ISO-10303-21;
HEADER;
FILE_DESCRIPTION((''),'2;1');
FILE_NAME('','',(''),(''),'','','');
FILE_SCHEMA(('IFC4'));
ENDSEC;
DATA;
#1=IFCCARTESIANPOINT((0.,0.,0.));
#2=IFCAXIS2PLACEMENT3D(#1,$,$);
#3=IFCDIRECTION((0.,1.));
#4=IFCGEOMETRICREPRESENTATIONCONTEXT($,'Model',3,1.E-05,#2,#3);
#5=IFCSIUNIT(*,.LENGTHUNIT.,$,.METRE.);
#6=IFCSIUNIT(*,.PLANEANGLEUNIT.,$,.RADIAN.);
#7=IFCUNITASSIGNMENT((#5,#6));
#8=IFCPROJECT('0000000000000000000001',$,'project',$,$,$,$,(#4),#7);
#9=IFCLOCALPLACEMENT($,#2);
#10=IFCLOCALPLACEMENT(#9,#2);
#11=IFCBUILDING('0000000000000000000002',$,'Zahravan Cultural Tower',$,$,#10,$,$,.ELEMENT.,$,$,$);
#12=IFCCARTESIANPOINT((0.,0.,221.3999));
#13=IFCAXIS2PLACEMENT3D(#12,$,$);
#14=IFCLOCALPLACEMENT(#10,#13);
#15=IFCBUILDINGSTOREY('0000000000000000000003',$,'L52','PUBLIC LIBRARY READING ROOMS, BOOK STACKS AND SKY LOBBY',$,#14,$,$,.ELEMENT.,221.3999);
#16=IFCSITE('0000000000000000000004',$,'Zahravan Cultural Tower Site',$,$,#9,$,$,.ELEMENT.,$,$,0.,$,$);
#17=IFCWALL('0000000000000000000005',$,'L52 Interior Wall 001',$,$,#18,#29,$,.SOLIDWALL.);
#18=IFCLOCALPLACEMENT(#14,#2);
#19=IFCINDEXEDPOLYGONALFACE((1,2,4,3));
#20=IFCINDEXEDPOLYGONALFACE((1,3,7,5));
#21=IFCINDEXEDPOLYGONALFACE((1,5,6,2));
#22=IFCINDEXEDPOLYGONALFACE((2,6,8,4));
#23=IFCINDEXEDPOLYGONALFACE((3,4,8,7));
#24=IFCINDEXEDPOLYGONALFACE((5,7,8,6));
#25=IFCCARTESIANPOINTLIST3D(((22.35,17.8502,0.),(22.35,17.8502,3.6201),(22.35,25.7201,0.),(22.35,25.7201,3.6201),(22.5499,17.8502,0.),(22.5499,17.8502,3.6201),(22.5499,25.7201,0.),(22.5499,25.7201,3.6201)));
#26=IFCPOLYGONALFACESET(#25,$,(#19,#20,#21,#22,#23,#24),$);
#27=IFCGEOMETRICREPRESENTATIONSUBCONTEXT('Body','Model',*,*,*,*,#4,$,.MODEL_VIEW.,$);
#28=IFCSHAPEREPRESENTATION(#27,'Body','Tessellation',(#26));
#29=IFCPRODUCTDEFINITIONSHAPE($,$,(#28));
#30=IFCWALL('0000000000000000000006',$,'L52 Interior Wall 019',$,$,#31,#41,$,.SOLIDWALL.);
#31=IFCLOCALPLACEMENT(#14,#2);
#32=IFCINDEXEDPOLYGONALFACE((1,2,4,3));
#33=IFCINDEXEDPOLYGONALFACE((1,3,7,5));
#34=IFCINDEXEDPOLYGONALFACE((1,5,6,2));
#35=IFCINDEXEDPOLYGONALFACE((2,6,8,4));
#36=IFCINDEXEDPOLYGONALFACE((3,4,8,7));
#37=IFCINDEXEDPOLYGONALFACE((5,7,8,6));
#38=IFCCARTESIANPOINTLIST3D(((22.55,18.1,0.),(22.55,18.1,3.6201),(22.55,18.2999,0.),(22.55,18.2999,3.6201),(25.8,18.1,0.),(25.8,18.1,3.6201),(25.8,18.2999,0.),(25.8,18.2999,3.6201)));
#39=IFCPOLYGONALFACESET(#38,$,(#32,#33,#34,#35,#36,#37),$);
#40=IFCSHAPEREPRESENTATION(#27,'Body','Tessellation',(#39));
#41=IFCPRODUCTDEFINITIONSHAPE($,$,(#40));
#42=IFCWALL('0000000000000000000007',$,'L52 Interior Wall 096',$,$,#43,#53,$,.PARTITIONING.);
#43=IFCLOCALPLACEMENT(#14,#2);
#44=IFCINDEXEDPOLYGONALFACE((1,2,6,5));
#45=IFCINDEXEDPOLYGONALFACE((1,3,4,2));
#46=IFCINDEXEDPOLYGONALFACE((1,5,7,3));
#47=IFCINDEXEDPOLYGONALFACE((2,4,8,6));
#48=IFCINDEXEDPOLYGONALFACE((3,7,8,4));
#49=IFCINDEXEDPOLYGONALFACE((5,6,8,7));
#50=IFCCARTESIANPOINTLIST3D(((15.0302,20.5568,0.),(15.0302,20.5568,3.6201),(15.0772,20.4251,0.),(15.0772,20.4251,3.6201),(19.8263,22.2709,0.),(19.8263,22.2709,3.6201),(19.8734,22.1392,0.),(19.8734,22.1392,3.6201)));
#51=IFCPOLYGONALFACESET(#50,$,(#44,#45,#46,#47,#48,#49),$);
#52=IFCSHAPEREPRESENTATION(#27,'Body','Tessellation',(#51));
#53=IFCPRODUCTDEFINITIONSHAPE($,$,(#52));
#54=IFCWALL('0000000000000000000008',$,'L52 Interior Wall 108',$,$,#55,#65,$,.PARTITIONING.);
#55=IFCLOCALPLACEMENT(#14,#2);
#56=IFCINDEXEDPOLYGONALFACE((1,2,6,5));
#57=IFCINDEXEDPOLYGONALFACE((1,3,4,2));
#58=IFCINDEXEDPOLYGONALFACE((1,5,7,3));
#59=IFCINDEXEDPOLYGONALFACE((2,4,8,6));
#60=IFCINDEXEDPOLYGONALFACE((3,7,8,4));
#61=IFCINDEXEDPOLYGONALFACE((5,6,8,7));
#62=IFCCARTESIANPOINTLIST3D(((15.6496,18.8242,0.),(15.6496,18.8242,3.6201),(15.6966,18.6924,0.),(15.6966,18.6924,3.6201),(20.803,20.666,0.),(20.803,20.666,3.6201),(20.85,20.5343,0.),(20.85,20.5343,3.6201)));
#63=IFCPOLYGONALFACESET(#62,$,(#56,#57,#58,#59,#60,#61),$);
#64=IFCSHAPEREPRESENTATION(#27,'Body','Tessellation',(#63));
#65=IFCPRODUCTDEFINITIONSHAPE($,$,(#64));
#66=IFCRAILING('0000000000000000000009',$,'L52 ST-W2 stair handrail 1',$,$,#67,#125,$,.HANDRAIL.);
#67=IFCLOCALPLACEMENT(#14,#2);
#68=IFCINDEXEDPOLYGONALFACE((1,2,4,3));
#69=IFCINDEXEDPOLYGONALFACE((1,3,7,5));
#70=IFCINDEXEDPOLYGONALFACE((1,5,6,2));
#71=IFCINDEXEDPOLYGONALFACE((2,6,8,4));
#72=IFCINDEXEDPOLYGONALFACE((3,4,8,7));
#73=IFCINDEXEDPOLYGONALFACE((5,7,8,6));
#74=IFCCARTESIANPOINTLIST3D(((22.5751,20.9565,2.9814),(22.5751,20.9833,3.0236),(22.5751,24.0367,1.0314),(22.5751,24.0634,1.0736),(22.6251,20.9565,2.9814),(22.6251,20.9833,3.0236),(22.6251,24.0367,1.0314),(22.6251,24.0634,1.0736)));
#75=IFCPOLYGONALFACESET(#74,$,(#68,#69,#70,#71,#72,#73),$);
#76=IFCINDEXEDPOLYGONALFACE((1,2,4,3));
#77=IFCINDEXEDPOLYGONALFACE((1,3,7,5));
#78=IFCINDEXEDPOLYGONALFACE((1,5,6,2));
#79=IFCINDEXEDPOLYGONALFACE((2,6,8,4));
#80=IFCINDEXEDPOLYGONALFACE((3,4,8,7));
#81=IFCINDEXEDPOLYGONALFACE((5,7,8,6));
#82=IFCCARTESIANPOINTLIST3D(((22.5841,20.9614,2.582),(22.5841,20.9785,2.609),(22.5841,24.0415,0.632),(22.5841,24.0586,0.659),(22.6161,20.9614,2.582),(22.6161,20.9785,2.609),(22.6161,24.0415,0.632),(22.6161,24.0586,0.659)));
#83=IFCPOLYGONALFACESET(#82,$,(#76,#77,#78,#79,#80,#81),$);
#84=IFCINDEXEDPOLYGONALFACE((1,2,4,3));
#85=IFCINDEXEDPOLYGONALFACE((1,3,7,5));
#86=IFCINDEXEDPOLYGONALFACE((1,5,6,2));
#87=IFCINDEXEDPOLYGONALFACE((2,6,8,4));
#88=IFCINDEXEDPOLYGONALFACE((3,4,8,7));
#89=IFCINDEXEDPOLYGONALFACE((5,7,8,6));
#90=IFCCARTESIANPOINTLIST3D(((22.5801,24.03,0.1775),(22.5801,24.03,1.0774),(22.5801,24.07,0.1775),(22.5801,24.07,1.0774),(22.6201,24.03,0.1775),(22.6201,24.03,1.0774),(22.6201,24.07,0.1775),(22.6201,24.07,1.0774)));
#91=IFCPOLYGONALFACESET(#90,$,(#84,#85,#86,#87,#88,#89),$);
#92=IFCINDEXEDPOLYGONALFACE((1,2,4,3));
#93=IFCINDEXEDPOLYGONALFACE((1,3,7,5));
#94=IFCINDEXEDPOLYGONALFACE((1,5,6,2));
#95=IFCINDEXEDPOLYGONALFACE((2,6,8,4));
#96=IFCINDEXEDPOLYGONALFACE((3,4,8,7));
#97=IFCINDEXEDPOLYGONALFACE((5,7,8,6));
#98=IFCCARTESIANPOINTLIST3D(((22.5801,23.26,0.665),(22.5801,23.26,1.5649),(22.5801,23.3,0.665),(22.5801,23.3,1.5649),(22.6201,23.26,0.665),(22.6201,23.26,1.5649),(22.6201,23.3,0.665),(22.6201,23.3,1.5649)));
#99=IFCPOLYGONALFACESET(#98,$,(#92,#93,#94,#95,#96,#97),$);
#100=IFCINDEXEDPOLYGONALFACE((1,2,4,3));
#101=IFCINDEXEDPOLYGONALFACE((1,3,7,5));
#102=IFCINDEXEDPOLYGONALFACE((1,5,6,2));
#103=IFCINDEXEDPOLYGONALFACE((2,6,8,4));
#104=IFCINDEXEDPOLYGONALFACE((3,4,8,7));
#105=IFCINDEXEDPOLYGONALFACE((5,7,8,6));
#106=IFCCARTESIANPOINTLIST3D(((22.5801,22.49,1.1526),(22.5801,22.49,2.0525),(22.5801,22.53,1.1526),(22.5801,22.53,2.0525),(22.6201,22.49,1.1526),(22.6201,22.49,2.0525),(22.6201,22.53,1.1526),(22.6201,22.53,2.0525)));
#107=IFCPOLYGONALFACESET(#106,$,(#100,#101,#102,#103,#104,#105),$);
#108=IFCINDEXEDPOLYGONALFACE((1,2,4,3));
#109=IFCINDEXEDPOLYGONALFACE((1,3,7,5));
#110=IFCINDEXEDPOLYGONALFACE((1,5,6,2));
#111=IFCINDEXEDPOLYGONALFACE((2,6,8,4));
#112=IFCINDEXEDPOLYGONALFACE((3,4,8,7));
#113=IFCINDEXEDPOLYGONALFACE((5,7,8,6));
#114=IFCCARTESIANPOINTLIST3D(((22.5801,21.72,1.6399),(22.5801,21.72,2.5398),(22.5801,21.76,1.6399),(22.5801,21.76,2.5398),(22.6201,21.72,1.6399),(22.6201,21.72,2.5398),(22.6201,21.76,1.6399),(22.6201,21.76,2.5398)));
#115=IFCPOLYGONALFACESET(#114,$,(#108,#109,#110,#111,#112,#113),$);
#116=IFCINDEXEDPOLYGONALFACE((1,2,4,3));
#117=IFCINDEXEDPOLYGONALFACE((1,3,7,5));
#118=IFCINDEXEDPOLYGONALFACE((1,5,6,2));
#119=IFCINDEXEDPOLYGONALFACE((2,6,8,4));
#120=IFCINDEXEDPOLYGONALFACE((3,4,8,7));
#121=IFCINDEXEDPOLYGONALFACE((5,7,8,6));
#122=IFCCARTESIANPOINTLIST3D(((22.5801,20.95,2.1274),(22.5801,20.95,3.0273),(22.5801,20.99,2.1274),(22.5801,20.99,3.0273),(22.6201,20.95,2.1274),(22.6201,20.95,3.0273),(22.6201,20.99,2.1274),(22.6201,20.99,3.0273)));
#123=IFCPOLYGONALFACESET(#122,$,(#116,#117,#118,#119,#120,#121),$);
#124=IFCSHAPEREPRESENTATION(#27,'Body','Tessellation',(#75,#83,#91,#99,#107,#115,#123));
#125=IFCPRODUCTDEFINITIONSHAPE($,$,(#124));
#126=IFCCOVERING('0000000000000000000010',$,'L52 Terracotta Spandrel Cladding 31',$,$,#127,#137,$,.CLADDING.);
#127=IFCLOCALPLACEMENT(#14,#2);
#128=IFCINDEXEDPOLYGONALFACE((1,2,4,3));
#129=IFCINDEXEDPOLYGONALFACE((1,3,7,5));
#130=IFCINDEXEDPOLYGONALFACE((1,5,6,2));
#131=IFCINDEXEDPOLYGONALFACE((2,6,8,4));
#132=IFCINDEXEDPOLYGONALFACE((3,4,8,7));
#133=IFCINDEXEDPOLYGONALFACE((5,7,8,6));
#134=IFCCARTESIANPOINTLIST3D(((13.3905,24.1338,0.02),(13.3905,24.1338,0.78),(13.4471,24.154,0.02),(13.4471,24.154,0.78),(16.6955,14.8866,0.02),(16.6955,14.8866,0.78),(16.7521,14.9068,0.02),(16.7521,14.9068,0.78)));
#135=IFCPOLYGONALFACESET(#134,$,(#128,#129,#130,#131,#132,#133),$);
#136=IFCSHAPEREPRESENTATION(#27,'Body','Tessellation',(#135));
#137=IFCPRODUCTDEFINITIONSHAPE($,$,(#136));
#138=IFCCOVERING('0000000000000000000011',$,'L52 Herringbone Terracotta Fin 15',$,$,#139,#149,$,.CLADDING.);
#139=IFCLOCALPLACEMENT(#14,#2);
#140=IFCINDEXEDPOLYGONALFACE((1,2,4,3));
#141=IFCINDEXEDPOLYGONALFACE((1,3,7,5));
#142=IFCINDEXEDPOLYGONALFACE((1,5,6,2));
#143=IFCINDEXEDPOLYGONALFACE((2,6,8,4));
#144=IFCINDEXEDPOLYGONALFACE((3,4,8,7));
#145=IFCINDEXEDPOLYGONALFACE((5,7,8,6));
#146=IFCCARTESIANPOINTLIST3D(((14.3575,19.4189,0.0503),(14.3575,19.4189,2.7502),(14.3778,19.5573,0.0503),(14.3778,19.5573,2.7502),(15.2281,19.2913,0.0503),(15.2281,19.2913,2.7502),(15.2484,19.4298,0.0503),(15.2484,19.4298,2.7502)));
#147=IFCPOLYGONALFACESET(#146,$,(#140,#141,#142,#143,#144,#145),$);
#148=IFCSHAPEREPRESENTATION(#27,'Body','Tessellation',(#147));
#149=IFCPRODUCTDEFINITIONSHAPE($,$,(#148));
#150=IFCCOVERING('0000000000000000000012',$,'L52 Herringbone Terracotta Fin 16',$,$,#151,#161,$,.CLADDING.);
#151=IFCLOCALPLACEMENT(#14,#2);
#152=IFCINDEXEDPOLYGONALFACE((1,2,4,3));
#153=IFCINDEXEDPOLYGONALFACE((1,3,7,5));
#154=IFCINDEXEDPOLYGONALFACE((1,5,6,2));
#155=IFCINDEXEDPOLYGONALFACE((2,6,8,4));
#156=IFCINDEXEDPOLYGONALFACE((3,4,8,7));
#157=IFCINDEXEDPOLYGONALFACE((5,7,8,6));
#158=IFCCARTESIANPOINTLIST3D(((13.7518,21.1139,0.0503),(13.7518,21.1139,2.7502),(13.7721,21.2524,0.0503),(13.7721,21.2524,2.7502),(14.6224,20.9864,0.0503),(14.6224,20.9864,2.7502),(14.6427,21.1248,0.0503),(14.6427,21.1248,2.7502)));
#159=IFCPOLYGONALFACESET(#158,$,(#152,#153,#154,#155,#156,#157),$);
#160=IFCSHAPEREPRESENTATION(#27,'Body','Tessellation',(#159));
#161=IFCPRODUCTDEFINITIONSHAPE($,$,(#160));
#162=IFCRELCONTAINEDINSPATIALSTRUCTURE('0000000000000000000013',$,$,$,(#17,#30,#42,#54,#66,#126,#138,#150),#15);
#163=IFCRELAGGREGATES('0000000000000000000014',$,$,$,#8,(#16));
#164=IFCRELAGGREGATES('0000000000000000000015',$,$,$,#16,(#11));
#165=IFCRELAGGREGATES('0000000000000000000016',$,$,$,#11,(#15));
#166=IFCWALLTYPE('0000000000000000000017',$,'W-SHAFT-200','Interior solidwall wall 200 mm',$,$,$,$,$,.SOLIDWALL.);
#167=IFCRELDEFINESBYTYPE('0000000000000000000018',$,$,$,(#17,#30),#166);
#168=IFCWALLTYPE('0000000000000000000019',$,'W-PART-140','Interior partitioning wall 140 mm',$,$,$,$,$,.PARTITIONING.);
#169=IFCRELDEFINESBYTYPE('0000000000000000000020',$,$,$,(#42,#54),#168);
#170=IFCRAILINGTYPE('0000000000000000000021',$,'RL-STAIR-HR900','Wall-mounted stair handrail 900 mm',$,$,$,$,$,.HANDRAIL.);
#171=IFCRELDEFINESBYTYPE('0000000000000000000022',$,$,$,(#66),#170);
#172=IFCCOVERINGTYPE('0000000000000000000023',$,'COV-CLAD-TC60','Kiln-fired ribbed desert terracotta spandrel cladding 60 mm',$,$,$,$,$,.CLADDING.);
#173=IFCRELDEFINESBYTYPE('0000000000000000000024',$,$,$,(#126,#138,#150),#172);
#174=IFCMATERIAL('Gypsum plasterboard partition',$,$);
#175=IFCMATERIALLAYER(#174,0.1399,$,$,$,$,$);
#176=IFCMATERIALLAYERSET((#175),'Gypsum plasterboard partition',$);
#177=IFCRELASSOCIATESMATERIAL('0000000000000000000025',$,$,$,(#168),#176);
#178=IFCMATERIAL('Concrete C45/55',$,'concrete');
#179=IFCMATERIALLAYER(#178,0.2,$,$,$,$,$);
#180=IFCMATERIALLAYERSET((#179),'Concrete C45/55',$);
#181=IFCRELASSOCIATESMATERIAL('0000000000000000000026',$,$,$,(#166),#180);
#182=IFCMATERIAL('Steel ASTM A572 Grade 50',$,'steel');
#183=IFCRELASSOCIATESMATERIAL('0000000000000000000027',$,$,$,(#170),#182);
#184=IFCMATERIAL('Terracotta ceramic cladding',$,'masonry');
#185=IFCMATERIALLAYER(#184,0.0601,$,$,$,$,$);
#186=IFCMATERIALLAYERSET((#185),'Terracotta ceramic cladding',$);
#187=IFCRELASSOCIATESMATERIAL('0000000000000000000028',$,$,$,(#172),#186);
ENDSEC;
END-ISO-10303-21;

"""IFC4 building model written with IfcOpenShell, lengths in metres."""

from ifc_helpers import new_model, si_unit, direction, frame, frame_2d, origin, origin_2d, place, context, subcontext, project, spatial, rectangle, extrude, source, transform, mapped, material, layer, layer_set, type_object, element, save


model = new_model("IFC4")

# Units and contexts
model_context = context("Model", 3, precision=1e-05, world=origin(), true_north=direction((0.0, 1.0)))
body_context = subcontext(model_context, "Body", "Model", "MODEL_VIEW")
ifc_project = project(units=[si_unit("LENGTHUNIT", "METRE"), si_unit("PLANEANGLEUNIT", "RADIAN")], contexts=[model_context])

# Site, building, storey
site_placement = place(None, origin())
site = spatial("IfcSite", under=ifc_project, at=site_placement, Name="Zahravan Cultural Tower Site", CompositionType="ELEMENT", RefElevation=0.0)
building_placement = place(site_placement, origin())
building = spatial("IfcBuilding", under=site, at=building_placement, Name="Zahravan Cultural Tower", CompositionType="ELEMENT")
storey_placement = place(building_placement, frame((0.0, 0.0, 221.3999)))
storey = spatial("IfcBuildingStorey", under=building, at=storey_placement, Name="L52", Description="PUBLIC LIBRARY READING ROOMS, BOOK STACKS AND SKY LOBBY", CompositionType="ELEMENT", Elevation=221.3999)

# Shared definitions
ifc_material_1 = material(Name="Gypsum plasterboard partition")
ifc_layer_1 = layer(ifc_material_1, 0.1399)
ifc_layer_set_1 = layer_set([ifc_layer_1], Name="Gypsum plasterboard partition")
wall_type_1 = type_object("IfcWallType", Name="W-PART-140", Description="Interior partitioning wall 140 mm", PredefinedType="PARTITIONING", material=ifc_layer_set_1)

# Walls
ifc_material_2 = material(Name="Concrete C45/55", Category="concrete")
ifc_layer_2 = layer(ifc_material_2, 0.2)
ifc_layer_set_2 = layer_set([ifc_layer_2], Name="Concrete C45/55")
wall_type_2 = type_object("IfcWallType", Name="W-SHAFT-200", Description="Interior solidwall wall 200 mm", PredefinedType="SOLIDWALL", material=ifc_layer_set_2)
shared_shape_1 = source(origin(), body_context, "Body", "SweptSolid", [
    extrude(rectangle(XDim=7.8699, YDim=0.2, at=frame_2d((3.9351, 0.0))), origin(), (0.0, 0.0, 1.0), 3.6201),
])
wall_1_placement = place(storey_placement, frame((22.45, 17.8501, 0.0), z_axis=(0.0, 0.0, 1.0), x_axis=(0.0, 1.0, 0.0)))
element("IfcWall", 1, at=wall_1_placement, inside=storey, type_object=wall_type_2, Name="L52 Interior Wall 001", PredefinedType="SOLIDWALL", context=body_context, shape_type="MappedRepresentation", body=[
    mapped(shared_shape_1, transform((0.0, 0.0, 0.0), x_axis=(1.0, 0.0, 0.0), y_axis=(0.0, 1.0, 0.0), z_axis=(0.0, 0.0, 1.0), scale=1.0)),
])
shared_shape_2 = source(origin(), body_context, "Body", "SweptSolid", [
    extrude(rectangle(XDim=3.25, YDim=0.2, at=frame_2d((1.625, 0.0))), origin(), (0.0, 0.0, 1.0), 3.6201),
])
wall_2_placement = place(storey_placement, frame((22.55, 18.2, 0.0), z_axis=(0.0, 0.0, 1.0), x_axis=(1.0, 0.0, 0.0)))
element("IfcWall", 2, at=wall_2_placement, inside=storey, type_object=wall_type_2, Name="L52 Interior Wall 019", PredefinedType="SOLIDWALL", context=body_context, shape_type="MappedRepresentation", body=[
    mapped(shared_shape_2, transform((0.0, 0.0, 0.0), x_axis=(1.0, 0.0, 0.0), y_axis=(0.0, 1.0, 0.0), z_axis=(0.0, 0.0, 1.0), scale=1.0)),
])
shared_shape_3 = source(origin(), body_context, "Body", "SweptSolid", [
    extrude(rectangle(XDim=5.0933, YDim=0.1399, at=frame_2d((2.5466, 0.0))), origin(), (0.0, 0.0, 1.0), 3.6201),
])
wall_3_placement = place(storey_placement, frame((19.8499, 22.2051, 0.0), z_axis=(0.0, 0.0, 1.0), x_axis=(-0.941667, -0.336546, 0.0)))
element("IfcWall", 3, at=wall_3_placement, inside=storey, type_object=wall_type_1, Name="L52 Interior Wall 096", PredefinedType="PARTITIONING", context=body_context, shape_type="MappedRepresentation", body=[
    mapped(shared_shape_3, transform((0.0, 0.0, 0.0), x_axis=(1.0, 0.0, 0.0), y_axis=(0.0, 1.0, 0.0), z_axis=(0.0, 0.0, 1.0), scale=1.0)),
])
shared_shape_4 = source(origin(), body_context, "Body", "SweptSolid", [
    extrude(rectangle(XDim=5.4727, YDim=0.1399, at=frame_2d((2.7363, 0.0))), origin(), (0.0, 0.0, 1.0), 3.6201),
])
wall_4_placement = place(storey_placement, frame((15.6731, 18.7583, 0.0), z_axis=(0.0, 0.0, 1.0), x_axis=(0.941665, 0.336551, 0.0)))
element("IfcWall", 4, at=wall_4_placement, inside=storey, type_object=wall_type_1, Name="L52 Interior Wall 108", PredefinedType="PARTITIONING", context=body_context, shape_type="MappedRepresentation", body=[
    mapped(shared_shape_4, transform((0.0, 0.0, 0.0), x_axis=(1.0, 0.0, 0.0), y_axis=(0.0, 1.0, 0.0), z_axis=(0.0, 0.0, 1.0), scale=1.0)),
])

# Railing
ifc_material_3 = material(Name="Steel ASTM A572 Grade 50", Category="steel")
railing_type = type_object("IfcRailingType", Name="RL-STAIR-HR900", Description="Wall-mounted stair handrail 900 mm", PredefinedType="HANDRAIL", material=ifc_material_3)
railing_placement = place(storey_placement, frame((22.6001, 24.05, 0.1775)))
element("IfcRailing", 5, at=railing_placement, inside=storey, type_object=railing_type, Name="L52 ST-W2 stair handrail 1", PredefinedType="HANDRAIL", context=body_context, shape_type="SweptSolid", body=[
    extrude(rectangle(XDim=0.05, YDim=0.05, at=origin_2d()), frame((0.0, 0.0, 0.875), z_axis=(0.0, -0.844914, 0.534902), x_axis=(1.0, 0.0, 0.0)), (0.0, 0.0, 1.0), 3.6455),
    extrude(rectangle(XDim=0.032, YDim=0.032, at=origin_2d()), frame((0.0, 0.0, 0.468), z_axis=(0.0, -0.844914, 0.534902), x_axis=(1.0, 0.0, 0.0)), (0.0, 0.0, 1.0), 3.6455),
    extrude(rectangle(XDim=0.04, YDim=0.04, at=origin_2d()), origin(), (0.0, 0.0, 1.0), 0.8999),
    extrude(rectangle(XDim=0.04, YDim=0.04, at=origin_2d()), frame((0.0, -0.77, 0.4875)), (0.0, 0.0, 1.0), 0.8999),
    extrude(rectangle(XDim=0.04, YDim=0.04, at=origin_2d()), frame((0.0, -1.54, 0.9751)), (0.0, 0.0, 1.0), 0.8999),
    extrude(rectangle(XDim=0.04, YDim=0.04, at=origin_2d()), frame((0.0, -2.3101, 1.4624)), (0.0, 0.0, 1.0), 0.8999),
    extrude(rectangle(XDim=0.04, YDim=0.04, at=origin_2d()), frame((0.0, -3.0801, 1.95)), (0.0, 0.0, 1.0), 0.8999),
])

# Coverings
ifc_material_4 = material(Name="Terracotta ceramic cladding", Category="masonry")
ifc_layer_3 = layer(ifc_material_4, 0.0601)
ifc_layer_set_3 = layer_set([ifc_layer_3], Name="Terracotta ceramic cladding")
covering_type = type_object("IfcCoveringType", Name="COV-CLAD-TC60", Description="Kiln-fired ribbed desert terracotta spandrel cladding 60 mm", PredefinedType="CLADDING", material=ifc_layer_set_3)
shared_shape_5 = source(origin(), body_context, "Body", "SweptSolid", [
    extrude(rectangle(XDim=9.8201, YDim=0.0601, at=origin_2d()), origin(), (0.0, 0.0, 1.0), 0.76),
])
covering_placement = place(storey_placement, frame((15.0713, 19.5203, 0.02), z_axis=(0.0, 0.0, 1.0), x_axis=(-0.336553, 0.941665, 0.0)))
element("IfcCovering", 6, at=covering_placement, inside=storey, type_object=covering_type, Name="L52 Terracotta Spandrel Cladding 31", PredefinedType="CLADDING", context=body_context, shape_type="MappedRepresentation", body=[
    mapped(shared_shape_5, transform((0.0, 0.0, 0.0), x_axis=(1.0, 0.0, 0.0), y_axis=(0.0, 1.0, 0.0), z_axis=(0.0, 0.0, 1.0), scale=1.0)),
])
shared_shape_6 = source(origin(), body_context, "Body", "SweptSolid", [
    extrude(rectangle(XDim=0.8799, YDim=0.1399, at=origin_2d()), origin(), (0.0, 0.0, 1.0), 2.7),
])
for number, where, z_axis, x_axis, name in (
    (7, (14.803, 19.4243, 0.0503), (0.0, 0.0, 1.0), (-0.989442, 0.144926, 0.0), "L52 Herringbone Terracotta Fin 15"),
    (8, (14.1973, 21.1194, 0.0503), (0.0, 0.0, 1.0), (-0.989442, 0.144926, 0.0), "L52 Herringbone Terracotta Fin 16"),
):
    element("IfcCovering", number, at=place(storey_placement, frame(where, z_axis=z_axis, x_axis=x_axis)), inside=storey, type_object=covering_type, Name=name, PredefinedType="CLADDING", context=body_context, shape_type="MappedRepresentation", body=[
        mapped(shared_shape_6, transform((0.0, 0.0, 0.0), x_axis=(1.0, 0.0, 0.0), y_axis=(0.0, 1.0, 0.0), z_axis=(0.0, 0.0, 1.0), scale=1.0)),
    ])

save(model, "model.ifc")
